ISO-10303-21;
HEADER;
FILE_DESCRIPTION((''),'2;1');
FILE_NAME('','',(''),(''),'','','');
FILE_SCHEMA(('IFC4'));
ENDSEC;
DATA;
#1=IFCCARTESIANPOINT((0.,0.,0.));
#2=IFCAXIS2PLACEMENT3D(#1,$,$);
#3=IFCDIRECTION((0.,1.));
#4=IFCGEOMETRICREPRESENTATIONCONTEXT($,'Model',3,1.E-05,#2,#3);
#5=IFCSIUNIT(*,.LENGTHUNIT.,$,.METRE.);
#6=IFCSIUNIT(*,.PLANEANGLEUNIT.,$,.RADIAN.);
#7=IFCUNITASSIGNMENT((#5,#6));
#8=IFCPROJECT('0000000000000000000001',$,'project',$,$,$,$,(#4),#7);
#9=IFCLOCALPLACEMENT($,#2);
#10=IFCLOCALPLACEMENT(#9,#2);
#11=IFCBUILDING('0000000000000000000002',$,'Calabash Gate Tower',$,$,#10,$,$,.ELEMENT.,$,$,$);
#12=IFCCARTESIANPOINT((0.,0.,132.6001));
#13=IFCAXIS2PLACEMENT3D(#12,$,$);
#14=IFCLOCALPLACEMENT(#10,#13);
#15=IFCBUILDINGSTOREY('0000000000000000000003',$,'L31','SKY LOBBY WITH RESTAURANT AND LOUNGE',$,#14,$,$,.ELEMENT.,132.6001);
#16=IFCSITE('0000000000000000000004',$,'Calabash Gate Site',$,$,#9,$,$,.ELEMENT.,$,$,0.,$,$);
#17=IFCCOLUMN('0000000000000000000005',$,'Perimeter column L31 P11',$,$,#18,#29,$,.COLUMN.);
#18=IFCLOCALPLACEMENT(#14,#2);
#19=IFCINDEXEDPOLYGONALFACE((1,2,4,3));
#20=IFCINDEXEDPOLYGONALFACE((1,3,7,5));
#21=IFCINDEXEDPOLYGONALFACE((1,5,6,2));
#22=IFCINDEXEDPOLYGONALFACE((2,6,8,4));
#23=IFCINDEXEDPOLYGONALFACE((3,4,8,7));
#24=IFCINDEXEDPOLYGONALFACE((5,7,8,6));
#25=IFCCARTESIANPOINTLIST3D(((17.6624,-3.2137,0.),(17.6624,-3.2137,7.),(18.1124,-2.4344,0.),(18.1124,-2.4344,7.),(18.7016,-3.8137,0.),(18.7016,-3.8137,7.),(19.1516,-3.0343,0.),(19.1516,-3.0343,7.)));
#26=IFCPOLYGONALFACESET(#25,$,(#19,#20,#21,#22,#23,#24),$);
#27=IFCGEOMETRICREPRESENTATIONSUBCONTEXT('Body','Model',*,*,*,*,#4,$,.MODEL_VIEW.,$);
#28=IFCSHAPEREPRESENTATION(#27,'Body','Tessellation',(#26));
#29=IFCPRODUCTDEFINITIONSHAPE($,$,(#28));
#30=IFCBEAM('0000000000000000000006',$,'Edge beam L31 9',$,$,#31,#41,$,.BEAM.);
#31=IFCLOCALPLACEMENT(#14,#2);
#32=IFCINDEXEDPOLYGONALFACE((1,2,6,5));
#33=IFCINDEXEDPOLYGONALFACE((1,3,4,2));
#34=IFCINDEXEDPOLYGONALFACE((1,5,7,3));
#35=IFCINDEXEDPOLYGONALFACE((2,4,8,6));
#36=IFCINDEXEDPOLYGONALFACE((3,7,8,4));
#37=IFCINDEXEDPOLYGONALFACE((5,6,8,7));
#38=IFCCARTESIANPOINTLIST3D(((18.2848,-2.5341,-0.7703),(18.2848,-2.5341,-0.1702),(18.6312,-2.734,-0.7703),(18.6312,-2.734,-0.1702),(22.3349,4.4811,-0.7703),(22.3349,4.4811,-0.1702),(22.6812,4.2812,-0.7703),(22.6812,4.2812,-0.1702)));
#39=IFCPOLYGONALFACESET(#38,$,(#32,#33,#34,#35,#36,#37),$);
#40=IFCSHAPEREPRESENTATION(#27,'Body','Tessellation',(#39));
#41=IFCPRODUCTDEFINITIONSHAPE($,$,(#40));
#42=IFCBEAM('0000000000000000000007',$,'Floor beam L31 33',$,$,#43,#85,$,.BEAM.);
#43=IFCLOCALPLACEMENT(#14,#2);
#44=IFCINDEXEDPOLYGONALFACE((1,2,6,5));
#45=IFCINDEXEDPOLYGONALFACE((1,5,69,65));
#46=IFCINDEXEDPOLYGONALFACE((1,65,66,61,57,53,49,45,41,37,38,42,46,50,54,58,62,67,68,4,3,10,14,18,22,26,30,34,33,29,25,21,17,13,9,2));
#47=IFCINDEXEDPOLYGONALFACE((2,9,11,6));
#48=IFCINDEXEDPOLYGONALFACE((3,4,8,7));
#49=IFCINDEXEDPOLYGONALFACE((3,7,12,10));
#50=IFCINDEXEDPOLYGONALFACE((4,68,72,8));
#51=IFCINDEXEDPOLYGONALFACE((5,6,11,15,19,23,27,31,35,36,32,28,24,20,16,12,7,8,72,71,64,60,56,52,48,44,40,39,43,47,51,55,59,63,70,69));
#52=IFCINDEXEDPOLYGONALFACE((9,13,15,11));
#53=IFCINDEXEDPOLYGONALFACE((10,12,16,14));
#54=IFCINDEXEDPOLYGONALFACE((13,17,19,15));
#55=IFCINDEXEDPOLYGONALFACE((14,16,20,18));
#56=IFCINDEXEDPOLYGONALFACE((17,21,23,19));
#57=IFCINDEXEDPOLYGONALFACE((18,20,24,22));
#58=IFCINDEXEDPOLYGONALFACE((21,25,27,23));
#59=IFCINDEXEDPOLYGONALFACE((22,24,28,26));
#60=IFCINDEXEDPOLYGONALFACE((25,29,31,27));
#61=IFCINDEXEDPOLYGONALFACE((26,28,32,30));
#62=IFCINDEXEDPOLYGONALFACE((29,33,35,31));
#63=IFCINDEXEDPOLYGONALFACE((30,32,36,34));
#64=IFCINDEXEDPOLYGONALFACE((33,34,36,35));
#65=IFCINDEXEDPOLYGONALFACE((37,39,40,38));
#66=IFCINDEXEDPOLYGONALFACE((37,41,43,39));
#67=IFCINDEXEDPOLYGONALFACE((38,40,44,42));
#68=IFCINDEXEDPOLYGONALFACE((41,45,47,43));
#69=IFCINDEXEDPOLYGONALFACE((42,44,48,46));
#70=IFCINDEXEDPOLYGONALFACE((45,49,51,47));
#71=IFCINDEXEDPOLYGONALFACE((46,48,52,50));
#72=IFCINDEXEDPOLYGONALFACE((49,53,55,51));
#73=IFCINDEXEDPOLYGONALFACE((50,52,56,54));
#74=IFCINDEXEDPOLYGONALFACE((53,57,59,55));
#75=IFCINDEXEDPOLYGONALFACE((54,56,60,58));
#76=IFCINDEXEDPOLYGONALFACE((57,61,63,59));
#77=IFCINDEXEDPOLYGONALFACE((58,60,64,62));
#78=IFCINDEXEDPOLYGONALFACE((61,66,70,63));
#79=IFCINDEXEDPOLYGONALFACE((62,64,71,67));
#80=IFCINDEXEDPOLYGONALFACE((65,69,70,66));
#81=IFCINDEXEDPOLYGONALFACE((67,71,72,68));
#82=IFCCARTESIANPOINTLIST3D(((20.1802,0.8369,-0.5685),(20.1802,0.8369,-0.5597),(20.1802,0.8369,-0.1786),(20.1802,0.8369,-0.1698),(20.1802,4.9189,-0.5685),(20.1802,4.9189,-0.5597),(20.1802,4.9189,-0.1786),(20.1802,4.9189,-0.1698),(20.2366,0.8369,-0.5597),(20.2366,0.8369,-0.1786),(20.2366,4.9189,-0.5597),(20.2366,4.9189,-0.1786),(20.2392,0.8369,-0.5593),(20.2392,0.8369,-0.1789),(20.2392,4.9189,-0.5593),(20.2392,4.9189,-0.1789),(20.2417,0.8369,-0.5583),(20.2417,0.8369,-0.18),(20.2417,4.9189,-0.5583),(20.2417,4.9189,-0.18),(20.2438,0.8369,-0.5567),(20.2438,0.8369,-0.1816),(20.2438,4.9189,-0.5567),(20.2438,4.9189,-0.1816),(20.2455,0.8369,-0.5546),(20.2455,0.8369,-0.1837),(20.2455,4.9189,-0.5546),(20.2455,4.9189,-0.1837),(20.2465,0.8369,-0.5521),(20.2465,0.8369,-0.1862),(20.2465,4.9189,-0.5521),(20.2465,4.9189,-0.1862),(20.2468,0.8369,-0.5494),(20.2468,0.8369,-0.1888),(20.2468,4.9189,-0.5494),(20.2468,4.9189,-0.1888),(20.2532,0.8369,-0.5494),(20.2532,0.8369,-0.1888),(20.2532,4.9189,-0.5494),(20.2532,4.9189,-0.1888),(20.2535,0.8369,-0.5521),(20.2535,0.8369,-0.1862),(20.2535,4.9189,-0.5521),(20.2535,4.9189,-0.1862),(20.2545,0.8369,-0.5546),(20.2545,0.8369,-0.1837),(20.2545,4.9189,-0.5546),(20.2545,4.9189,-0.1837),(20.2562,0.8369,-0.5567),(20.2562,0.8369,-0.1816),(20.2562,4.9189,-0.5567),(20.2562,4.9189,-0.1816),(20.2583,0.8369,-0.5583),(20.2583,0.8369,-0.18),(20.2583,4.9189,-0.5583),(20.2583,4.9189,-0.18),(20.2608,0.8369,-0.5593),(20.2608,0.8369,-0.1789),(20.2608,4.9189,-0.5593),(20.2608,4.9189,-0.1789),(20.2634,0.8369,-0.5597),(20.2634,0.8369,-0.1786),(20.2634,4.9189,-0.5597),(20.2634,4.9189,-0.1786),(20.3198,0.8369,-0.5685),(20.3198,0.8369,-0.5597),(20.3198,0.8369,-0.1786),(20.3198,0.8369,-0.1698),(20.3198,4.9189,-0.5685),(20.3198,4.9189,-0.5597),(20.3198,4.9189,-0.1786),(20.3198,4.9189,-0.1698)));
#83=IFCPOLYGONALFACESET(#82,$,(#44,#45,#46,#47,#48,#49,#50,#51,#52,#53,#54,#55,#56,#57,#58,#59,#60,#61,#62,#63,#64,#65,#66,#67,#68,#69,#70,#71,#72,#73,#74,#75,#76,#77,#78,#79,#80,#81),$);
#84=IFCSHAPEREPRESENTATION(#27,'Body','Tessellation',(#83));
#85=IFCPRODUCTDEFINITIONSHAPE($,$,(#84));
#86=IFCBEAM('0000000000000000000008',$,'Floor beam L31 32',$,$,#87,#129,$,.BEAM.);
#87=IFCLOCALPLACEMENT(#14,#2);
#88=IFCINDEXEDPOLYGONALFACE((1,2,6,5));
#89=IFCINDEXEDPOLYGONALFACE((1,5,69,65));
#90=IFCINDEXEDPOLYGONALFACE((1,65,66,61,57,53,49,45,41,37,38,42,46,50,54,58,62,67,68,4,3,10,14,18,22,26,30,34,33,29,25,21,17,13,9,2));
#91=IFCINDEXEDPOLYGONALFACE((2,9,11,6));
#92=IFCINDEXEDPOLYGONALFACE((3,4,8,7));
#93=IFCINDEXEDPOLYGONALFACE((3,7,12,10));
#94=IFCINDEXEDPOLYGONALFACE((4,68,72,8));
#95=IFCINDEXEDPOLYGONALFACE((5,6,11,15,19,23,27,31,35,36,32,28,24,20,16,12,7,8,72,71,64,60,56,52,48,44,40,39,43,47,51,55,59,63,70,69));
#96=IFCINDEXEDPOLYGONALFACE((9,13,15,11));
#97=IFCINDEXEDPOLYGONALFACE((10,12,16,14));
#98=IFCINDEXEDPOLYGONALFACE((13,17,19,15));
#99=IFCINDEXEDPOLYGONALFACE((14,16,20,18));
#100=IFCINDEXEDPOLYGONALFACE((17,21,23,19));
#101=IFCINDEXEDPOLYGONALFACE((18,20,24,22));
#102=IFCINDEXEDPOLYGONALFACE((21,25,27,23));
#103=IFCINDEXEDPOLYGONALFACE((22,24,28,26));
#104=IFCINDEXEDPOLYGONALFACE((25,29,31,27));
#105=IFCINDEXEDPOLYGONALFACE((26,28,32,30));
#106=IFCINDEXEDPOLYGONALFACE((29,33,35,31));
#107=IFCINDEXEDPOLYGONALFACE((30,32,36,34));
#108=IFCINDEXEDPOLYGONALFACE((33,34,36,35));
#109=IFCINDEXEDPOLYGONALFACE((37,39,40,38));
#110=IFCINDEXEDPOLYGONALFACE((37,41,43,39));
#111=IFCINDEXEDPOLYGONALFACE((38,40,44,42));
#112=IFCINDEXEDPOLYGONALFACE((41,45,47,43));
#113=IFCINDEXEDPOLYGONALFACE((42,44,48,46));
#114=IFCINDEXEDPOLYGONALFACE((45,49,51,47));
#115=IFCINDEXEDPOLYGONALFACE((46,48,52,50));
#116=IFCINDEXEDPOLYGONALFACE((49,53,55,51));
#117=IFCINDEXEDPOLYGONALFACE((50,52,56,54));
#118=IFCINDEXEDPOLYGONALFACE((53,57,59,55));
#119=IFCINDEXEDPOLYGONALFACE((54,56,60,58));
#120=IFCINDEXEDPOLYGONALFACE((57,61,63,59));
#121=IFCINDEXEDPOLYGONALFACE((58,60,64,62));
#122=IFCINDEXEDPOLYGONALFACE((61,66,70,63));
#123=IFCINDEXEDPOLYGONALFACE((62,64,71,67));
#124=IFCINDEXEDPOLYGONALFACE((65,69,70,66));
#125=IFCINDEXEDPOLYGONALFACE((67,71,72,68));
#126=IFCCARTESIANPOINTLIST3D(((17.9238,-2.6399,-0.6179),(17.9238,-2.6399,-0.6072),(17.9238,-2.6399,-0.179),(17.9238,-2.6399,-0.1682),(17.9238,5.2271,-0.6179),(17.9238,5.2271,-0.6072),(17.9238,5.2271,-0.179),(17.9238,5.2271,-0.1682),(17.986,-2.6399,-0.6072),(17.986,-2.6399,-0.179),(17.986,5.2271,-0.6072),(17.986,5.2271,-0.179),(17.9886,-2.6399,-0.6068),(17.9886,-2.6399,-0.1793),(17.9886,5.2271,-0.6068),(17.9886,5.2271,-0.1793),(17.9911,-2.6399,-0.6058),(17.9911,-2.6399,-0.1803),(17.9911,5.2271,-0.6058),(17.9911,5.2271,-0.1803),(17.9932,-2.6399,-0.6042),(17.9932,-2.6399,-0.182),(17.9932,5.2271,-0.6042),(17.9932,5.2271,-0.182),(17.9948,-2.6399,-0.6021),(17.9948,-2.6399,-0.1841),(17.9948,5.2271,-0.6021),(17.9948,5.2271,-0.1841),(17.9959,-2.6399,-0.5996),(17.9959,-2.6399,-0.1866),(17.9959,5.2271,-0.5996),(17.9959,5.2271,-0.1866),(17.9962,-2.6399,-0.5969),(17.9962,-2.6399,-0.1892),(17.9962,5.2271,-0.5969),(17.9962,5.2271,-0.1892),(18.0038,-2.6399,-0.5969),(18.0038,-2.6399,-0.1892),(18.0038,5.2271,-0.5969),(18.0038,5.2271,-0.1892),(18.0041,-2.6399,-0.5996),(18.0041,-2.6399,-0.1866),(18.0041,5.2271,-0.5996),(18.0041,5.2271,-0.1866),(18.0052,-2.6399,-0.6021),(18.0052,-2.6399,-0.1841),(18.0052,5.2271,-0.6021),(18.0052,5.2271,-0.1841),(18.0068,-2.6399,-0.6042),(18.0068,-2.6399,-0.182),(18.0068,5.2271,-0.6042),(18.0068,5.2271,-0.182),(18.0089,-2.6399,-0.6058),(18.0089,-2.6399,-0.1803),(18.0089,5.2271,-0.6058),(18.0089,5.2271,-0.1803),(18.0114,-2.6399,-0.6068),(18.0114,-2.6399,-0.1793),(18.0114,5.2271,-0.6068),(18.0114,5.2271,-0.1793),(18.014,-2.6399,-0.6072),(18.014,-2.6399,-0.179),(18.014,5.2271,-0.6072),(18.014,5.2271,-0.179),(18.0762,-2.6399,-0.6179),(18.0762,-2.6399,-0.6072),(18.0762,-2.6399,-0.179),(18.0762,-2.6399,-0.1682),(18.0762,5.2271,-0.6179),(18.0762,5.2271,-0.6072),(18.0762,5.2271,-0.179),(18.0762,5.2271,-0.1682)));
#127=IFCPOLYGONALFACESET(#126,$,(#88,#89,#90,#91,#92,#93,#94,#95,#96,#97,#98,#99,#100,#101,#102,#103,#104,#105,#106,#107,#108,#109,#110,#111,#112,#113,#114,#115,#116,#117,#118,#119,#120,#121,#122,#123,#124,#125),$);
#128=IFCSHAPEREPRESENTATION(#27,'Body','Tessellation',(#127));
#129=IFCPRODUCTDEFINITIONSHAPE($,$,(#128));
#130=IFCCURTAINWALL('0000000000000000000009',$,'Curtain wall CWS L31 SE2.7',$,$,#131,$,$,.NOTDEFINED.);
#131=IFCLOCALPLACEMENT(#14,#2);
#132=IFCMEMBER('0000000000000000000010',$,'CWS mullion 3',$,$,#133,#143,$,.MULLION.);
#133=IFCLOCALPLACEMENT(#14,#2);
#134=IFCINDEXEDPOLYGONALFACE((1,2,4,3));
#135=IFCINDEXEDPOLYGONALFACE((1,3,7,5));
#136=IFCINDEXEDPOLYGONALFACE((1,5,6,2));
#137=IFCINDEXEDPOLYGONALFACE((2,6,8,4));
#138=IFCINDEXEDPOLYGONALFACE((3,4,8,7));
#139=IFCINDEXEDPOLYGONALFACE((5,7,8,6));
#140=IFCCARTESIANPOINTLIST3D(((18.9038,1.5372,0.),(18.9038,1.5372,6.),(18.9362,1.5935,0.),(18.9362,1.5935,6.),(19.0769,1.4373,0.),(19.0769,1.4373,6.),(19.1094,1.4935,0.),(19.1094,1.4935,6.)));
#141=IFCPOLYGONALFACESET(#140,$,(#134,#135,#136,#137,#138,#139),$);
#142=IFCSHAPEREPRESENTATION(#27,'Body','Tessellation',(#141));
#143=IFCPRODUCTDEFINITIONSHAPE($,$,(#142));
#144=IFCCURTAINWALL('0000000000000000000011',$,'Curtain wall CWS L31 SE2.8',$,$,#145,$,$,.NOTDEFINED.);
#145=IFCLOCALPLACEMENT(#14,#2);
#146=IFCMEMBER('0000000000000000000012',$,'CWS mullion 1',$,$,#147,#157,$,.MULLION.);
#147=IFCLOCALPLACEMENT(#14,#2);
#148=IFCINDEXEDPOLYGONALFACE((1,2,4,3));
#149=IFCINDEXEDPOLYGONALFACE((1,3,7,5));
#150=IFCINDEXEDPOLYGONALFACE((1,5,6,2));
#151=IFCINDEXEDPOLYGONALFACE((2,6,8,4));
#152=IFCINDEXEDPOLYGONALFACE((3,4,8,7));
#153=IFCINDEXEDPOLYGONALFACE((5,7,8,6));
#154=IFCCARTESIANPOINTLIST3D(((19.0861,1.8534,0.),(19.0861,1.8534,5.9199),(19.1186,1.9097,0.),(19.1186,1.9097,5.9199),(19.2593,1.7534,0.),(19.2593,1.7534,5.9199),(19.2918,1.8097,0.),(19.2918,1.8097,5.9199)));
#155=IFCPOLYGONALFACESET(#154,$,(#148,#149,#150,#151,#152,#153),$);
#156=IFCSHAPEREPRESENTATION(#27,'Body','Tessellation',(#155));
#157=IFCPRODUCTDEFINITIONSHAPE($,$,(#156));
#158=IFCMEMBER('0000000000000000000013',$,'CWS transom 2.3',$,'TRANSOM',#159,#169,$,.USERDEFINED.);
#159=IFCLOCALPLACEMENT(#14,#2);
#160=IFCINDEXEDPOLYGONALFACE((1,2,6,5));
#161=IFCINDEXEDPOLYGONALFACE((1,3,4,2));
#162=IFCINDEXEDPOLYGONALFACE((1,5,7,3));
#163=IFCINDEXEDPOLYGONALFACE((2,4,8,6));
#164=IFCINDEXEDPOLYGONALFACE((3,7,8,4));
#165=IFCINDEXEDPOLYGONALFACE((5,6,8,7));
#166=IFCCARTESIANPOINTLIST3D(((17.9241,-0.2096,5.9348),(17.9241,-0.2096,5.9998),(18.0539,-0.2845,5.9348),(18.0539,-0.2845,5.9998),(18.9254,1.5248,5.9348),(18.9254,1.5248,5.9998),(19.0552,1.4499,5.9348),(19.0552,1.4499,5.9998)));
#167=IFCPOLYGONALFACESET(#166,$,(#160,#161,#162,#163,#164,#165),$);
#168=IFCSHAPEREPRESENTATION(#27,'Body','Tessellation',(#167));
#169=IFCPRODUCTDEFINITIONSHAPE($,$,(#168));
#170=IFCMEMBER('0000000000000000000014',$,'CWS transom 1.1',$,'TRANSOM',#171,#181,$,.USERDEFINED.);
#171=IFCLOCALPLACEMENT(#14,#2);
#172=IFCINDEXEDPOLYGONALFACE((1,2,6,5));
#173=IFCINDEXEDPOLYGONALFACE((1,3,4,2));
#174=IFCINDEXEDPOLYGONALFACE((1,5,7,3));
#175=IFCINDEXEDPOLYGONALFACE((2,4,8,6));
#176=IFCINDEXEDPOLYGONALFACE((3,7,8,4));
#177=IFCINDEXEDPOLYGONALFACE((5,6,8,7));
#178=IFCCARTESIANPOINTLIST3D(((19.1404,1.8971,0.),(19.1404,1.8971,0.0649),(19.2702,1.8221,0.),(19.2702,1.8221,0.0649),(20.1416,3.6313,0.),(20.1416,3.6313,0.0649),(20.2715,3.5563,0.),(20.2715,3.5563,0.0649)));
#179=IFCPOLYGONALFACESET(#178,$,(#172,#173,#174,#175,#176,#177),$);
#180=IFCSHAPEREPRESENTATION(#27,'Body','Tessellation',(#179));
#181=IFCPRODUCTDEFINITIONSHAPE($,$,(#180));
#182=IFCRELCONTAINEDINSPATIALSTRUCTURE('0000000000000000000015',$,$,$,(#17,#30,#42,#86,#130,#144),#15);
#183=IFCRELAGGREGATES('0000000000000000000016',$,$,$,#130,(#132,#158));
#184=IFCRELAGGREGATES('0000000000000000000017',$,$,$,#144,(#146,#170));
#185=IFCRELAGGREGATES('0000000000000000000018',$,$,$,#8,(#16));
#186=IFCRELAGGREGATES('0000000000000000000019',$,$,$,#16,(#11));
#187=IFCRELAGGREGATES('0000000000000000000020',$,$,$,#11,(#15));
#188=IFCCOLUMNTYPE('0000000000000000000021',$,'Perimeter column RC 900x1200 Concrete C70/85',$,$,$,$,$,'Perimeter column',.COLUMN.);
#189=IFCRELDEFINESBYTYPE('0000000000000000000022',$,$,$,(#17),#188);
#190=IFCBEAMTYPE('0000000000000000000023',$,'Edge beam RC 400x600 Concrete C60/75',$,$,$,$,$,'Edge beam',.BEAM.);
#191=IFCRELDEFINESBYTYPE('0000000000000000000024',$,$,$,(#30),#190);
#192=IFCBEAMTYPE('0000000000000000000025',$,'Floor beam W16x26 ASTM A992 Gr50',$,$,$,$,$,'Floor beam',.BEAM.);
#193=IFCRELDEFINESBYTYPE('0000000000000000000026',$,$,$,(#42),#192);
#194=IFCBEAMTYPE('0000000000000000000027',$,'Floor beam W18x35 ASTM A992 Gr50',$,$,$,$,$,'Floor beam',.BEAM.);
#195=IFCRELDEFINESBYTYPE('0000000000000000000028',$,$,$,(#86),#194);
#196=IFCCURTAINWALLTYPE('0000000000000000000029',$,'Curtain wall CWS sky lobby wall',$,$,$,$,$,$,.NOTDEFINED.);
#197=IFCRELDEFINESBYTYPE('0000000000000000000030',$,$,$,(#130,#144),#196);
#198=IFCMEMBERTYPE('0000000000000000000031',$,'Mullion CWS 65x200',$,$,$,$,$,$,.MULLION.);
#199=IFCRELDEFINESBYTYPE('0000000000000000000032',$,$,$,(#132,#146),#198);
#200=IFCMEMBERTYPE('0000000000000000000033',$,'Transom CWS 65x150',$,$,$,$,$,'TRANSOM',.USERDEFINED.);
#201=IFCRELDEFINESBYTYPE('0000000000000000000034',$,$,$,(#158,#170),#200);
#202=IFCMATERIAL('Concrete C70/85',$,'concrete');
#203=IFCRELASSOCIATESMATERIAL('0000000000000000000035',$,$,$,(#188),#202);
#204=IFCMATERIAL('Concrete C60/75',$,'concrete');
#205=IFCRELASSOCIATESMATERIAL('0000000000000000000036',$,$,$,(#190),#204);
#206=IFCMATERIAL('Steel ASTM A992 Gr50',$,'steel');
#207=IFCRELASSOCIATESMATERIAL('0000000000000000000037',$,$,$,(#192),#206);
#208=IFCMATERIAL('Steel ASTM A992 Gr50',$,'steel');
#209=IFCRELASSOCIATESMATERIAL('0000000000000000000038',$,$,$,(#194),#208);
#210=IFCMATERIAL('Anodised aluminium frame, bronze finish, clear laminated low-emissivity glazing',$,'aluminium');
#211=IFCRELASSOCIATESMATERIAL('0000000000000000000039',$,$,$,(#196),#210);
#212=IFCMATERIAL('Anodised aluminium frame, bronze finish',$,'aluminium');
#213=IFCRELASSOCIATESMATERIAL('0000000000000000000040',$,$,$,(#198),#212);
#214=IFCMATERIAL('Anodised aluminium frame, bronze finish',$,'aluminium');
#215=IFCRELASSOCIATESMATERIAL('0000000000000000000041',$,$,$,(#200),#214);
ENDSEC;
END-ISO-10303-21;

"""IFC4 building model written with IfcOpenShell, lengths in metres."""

from ifc_helpers import new_model, si_unit, direction, frame, origin, origin_2d, place, context, subcontext, project, spatial, rectangle, i_section, extrude, material, material_profile, profile_set, type_object, element, aggregate, save


model = new_model("IFC4")

# Units and contexts
model_context = context("Model", 3, precision=1e-05, world=origin(), true_north=direction((0.0, 1.0)))
body_context = subcontext(model_context, "Body", "Model", "MODEL_VIEW")
ifc_project = project(units=[si_unit("LENGTHUNIT", "METRE"), si_unit("PLANEANGLEUNIT", "RADIAN")], contexts=[model_context])

# Site, building, storey
site_placement = place(None, origin())
site = spatial("IfcSite", under=ifc_project, at=site_placement, Name="Calabash Gate Site", CompositionType="ELEMENT", RefElevation=0.0)
building_placement = place(site_placement, origin())
building = spatial("IfcBuilding", under=site, at=building_placement, Name="Calabash Gate Tower", CompositionType="ELEMENT")
storey_placement = place(building_placement, frame((0.0, 0.0, 132.6001)))
storey = spatial("IfcBuildingStorey", under=building, at=storey_placement, Name="L31", Description="SKY LOBBY WITH RESTAURANT AND LOUNGE", CompositionType="ELEMENT", Elevation=132.6001)

# Column
ifc_material_1 = material(Name="Concrete C70/85", Category="concrete")
ifc_material_profile_1 = material_profile(ifc_material_1, rectangle(XDim=0.8999, YDim=1.2, at=origin_2d()))
ifc_profile_set_1 = profile_set([ifc_material_profile_1], Name="Concrete C70/85")
column_type = type_object("IfcColumnType", Name="Perimeter column RC 900x1200 Concrete C70/85", ElementType="Perimeter column", PredefinedType="COLUMN", material=ifc_profile_set_1)
column_placement = place(storey_placement, frame((18.407, -3.124, 0.0), z_axis=(0.0, 0.0, 1.0), x_axis=(0.5, 0.866025, 0.0)))
element("IfcColumn", 1, at=column_placement, inside=storey, type_object=column_type, Name="Perimeter column L31 P11", PredefinedType="COLUMN", context=body_context, shape_type="SweptSolid", body=[
    extrude(rectangle(XDim=0.8999, YDim=1.2, at=origin_2d()), origin(), (0.0, 0.0, 1.0), 7.0),
])

# Beams
ifc_material_2 = material(Name="Concrete C60/75", Category="concrete")
ifc_material_profile_2 = material_profile(ifc_material_2, rectangle(XDim=0.3999, YDim=0.6001, at=origin_2d()))
ifc_profile_set_2 = profile_set([ifc_material_profile_2], Name="Concrete C60/75")
beam_type_1 = type_object("IfcBeamType", Name="Edge beam RC 400x600 Concrete C60/75", ElementType="Edge beam", PredefinedType="BEAM", material=ifc_profile_set_2)
beam_1_placement = place(storey_placement, frame((18.458, -2.634, -0.4702), z_axis=(0.499987, 0.866033, 0.0), x_axis=(-0.866033, 0.499987, 0.0)))
element("IfcBeam", 2, at=beam_1_placement, inside=storey, type_object=beam_type_1, Name="Edge beam L31 9", PredefinedType="BEAM", context=body_context, shape_type="SweptSolid", body=[
    extrude(rectangle(XDim=0.3999, YDim=0.6001, at=origin_2d()), origin(), (0.0, 0.0, 1.0), 8.1003),
])
ifc_material_3 = material(Name="Steel ASTM A992 Gr50", Category="steel")
ifc_material_profile_3 = material_profile(ifc_material_3, i_section(OverallWidth=0.1396, OverallDepth=0.3987, WebThickness=0.0063, FlangeThickness=0.0088, FilletRadius=0.0103, at=origin_2d()))
ifc_profile_set_3 = profile_set([ifc_material_profile_3], Name="Steel ASTM A992 Gr50")
beam_type_2 = type_object("IfcBeamType", Name="Floor beam W16x26 ASTM A992 Gr50", ElementType="Floor beam", PredefinedType="BEAM", material=ifc_profile_set_3)
beam_2_placement = place(storey_placement, frame((20.25, 0.8369, -0.3691), z_axis=(0.0, 1.0, 0.0), x_axis=(-1.0, 0.0, 0.0)))
element("IfcBeam", 3, at=beam_2_placement, inside=storey, type_object=beam_type_2, Name="Floor beam L31 33", PredefinedType="BEAM", context=body_context, shape_type="SweptSolid", body=[
    extrude(i_section(OverallWidth=0.1396, OverallDepth=0.3987, WebThickness=0.0063, FlangeThickness=0.0088, FilletRadius=0.0103, at=origin_2d()), origin(), (0.0, 0.0, 1.0), 4.082),
])
ifc_material_4 = material(Name="Steel ASTM A992 Gr50", Category="steel")
ifc_material_profile_4 = material_profile(ifc_material_4, i_section(OverallWidth=0.1523, OverallDepth=0.4497, WebThickness=0.0076, FlangeThickness=0.0107, FilletRadius=0.0103, at=origin_2d()))
ifc_profile_set_4 = profile_set([ifc_material_profile_4], Name="Steel ASTM A992 Gr50")
beam_type_3 = type_object("IfcBeamType", Name="Floor beam W18x35 ASTM A992 Gr50", ElementType="Floor beam", PredefinedType="BEAM", material=ifc_profile_set_4)
beam_3_placement = place(storey_placement, frame((18.0, -2.6399, -0.3931), z_axis=(0.0, 1.0, 0.0), x_axis=(-1.0, 0.0, 0.0)))
element("IfcBeam", 4, at=beam_3_placement, inside=storey, type_object=beam_type_3, Name="Floor beam L31 32", PredefinedType="BEAM", context=body_context, shape_type="SweptSolid", body=[
    extrude(i_section(OverallWidth=0.1523, OverallDepth=0.4497, WebThickness=0.0076, FlangeThickness=0.0107, FilletRadius=0.0103, at=origin_2d()), origin(), (0.0, 0.0, 1.0), 7.8669),
])

# Curtain walls, members
ifc_material_5 = material(Name="Anodised aluminium frame, bronze finish, clear laminated low-emissivity glazing", Category="aluminium")
curtain_wall_type = type_object("IfcCurtainWallType", Name="Curtain wall CWS sky lobby wall", PredefinedType="NOTDEFINED", material=ifc_material_5)
curtain_wall_1_placement = place(storey_placement, origin())
curtain_wall_1 = element("IfcCurtainWall", 5, at=curtain_wall_1_placement, inside=storey, type_object=curtain_wall_type, Name="Curtain wall CWS L31 SE2.7", PredefinedType="NOTDEFINED")
ifc_material_6 = material(Name="Anodised aluminium frame, bronze finish", Category="aluminium")
ifc_material_profile_5 = material_profile(ifc_material_6, rectangle(XDim=0.2, YDim=0.0649, at=origin_2d()))
ifc_profile_set_5 = profile_set([ifc_material_profile_5], Name="Anodised aluminium frame, bronze finish")
member_type_1 = type_object("IfcMemberType", Name="Mullion CWS 65x200", PredefinedType="MULLION", material=ifc_profile_set_5)
member_1_placement = place(storey_placement, frame((19.0066, 1.5154, 0.0), z_axis=(0.0, 0.0, 1.0), x_axis=(-0.866025, 0.5, 0.0)))
member_1 = element("IfcMember", 6, at=member_1_placement, type_object=member_type_1, Name="CWS mullion 3", PredefinedType="MULLION", context=body_context, shape_type="SweptSolid", body=[
    extrude(rectangle(XDim=0.2, YDim=0.0649, at=origin_2d()), origin(), (0.0, 0.0, 1.0), 6.0),
])
curtain_wall_2_placement = place(storey_placement, origin())
curtain_wall_2 = element("IfcCurtainWall", 7, at=curtain_wall_2_placement, inside=storey, type_object=curtain_wall_type, Name="Curtain wall CWS L31 SE2.8", PredefinedType="NOTDEFINED")
member_2_placement = place(storey_placement, frame((19.189, 1.8315, 0.0), z_axis=(0.0, 0.0, 1.0), x_axis=(-0.866025, 0.5, 0.0)))
member_2 = element("IfcMember", 8, at=member_2_placement, type_object=member_type_1, Name="CWS mullion 1", PredefinedType="MULLION", context=body_context, shape_type="SweptSolid", body=[
    extrude(rectangle(XDim=0.2, YDim=0.0649, at=origin_2d()), origin(), (0.0, 0.0, 1.0), 5.9199),
])

# Members
ifc_material_7 = material(Name="Anodised aluminium frame, bronze finish", Category="aluminium")
ifc_material_profile_6 = material_profile(ifc_material_7, rectangle(XDim=0.1499, YDim=0.0649, at=origin_2d()))
ifc_profile_set_6 = profile_set([ifc_material_profile_6], Name="Anodised aluminium frame, bronze finish")
member_type_2 = type_object("IfcMemberType", Name="Transom CWS 65x150", ElementType="TRANSOM", PredefinedType="USERDEFINED", material=ifc_profile_set_6)
member_3_placement = place(storey_placement, frame((17.989, -0.2471, 5.9673), z_axis=(0.499955, 0.866052, 0.0), x_axis=(-0.866052, 0.499955, 0.0)))
member_3 = element("IfcMember", 9, at=member_3_placement, type_object=member_type_2, Name="CWS transom 2.3", ObjectType="TRANSOM", PredefinedType="USERDEFINED", context=body_context, shape_type="SweptSolid", body=[
    extrude(rectangle(XDim=0.1499, YDim=0.0649, at=origin_2d()), origin(), (0.0, 0.0, 1.0), 2.0027),
])
member_4_placement = place(storey_placement, frame((19.2053, 1.8596, 0.0325), z_axis=(0.500007, 0.866021, 0.0), x_axis=(-0.866021, 0.500007, 0.0)))
member_4 = element("IfcMember", 10, at=member_4_placement, type_object=member_type_2, Name="CWS transom 1.1", ObjectType="TRANSOM", PredefinedType="USERDEFINED", context=body_context, shape_type="SweptSolid", body=[
    extrude(rectangle(XDim=0.1499, YDim=0.0649, at=origin_2d()), origin(), (0.0, 0.0, 1.0), 2.0024),
])

aggregate(curtain_wall_1, [member_1, member_3])
aggregate(curtain_wall_2, [member_2, member_4])

save(model, "model.ifc")
